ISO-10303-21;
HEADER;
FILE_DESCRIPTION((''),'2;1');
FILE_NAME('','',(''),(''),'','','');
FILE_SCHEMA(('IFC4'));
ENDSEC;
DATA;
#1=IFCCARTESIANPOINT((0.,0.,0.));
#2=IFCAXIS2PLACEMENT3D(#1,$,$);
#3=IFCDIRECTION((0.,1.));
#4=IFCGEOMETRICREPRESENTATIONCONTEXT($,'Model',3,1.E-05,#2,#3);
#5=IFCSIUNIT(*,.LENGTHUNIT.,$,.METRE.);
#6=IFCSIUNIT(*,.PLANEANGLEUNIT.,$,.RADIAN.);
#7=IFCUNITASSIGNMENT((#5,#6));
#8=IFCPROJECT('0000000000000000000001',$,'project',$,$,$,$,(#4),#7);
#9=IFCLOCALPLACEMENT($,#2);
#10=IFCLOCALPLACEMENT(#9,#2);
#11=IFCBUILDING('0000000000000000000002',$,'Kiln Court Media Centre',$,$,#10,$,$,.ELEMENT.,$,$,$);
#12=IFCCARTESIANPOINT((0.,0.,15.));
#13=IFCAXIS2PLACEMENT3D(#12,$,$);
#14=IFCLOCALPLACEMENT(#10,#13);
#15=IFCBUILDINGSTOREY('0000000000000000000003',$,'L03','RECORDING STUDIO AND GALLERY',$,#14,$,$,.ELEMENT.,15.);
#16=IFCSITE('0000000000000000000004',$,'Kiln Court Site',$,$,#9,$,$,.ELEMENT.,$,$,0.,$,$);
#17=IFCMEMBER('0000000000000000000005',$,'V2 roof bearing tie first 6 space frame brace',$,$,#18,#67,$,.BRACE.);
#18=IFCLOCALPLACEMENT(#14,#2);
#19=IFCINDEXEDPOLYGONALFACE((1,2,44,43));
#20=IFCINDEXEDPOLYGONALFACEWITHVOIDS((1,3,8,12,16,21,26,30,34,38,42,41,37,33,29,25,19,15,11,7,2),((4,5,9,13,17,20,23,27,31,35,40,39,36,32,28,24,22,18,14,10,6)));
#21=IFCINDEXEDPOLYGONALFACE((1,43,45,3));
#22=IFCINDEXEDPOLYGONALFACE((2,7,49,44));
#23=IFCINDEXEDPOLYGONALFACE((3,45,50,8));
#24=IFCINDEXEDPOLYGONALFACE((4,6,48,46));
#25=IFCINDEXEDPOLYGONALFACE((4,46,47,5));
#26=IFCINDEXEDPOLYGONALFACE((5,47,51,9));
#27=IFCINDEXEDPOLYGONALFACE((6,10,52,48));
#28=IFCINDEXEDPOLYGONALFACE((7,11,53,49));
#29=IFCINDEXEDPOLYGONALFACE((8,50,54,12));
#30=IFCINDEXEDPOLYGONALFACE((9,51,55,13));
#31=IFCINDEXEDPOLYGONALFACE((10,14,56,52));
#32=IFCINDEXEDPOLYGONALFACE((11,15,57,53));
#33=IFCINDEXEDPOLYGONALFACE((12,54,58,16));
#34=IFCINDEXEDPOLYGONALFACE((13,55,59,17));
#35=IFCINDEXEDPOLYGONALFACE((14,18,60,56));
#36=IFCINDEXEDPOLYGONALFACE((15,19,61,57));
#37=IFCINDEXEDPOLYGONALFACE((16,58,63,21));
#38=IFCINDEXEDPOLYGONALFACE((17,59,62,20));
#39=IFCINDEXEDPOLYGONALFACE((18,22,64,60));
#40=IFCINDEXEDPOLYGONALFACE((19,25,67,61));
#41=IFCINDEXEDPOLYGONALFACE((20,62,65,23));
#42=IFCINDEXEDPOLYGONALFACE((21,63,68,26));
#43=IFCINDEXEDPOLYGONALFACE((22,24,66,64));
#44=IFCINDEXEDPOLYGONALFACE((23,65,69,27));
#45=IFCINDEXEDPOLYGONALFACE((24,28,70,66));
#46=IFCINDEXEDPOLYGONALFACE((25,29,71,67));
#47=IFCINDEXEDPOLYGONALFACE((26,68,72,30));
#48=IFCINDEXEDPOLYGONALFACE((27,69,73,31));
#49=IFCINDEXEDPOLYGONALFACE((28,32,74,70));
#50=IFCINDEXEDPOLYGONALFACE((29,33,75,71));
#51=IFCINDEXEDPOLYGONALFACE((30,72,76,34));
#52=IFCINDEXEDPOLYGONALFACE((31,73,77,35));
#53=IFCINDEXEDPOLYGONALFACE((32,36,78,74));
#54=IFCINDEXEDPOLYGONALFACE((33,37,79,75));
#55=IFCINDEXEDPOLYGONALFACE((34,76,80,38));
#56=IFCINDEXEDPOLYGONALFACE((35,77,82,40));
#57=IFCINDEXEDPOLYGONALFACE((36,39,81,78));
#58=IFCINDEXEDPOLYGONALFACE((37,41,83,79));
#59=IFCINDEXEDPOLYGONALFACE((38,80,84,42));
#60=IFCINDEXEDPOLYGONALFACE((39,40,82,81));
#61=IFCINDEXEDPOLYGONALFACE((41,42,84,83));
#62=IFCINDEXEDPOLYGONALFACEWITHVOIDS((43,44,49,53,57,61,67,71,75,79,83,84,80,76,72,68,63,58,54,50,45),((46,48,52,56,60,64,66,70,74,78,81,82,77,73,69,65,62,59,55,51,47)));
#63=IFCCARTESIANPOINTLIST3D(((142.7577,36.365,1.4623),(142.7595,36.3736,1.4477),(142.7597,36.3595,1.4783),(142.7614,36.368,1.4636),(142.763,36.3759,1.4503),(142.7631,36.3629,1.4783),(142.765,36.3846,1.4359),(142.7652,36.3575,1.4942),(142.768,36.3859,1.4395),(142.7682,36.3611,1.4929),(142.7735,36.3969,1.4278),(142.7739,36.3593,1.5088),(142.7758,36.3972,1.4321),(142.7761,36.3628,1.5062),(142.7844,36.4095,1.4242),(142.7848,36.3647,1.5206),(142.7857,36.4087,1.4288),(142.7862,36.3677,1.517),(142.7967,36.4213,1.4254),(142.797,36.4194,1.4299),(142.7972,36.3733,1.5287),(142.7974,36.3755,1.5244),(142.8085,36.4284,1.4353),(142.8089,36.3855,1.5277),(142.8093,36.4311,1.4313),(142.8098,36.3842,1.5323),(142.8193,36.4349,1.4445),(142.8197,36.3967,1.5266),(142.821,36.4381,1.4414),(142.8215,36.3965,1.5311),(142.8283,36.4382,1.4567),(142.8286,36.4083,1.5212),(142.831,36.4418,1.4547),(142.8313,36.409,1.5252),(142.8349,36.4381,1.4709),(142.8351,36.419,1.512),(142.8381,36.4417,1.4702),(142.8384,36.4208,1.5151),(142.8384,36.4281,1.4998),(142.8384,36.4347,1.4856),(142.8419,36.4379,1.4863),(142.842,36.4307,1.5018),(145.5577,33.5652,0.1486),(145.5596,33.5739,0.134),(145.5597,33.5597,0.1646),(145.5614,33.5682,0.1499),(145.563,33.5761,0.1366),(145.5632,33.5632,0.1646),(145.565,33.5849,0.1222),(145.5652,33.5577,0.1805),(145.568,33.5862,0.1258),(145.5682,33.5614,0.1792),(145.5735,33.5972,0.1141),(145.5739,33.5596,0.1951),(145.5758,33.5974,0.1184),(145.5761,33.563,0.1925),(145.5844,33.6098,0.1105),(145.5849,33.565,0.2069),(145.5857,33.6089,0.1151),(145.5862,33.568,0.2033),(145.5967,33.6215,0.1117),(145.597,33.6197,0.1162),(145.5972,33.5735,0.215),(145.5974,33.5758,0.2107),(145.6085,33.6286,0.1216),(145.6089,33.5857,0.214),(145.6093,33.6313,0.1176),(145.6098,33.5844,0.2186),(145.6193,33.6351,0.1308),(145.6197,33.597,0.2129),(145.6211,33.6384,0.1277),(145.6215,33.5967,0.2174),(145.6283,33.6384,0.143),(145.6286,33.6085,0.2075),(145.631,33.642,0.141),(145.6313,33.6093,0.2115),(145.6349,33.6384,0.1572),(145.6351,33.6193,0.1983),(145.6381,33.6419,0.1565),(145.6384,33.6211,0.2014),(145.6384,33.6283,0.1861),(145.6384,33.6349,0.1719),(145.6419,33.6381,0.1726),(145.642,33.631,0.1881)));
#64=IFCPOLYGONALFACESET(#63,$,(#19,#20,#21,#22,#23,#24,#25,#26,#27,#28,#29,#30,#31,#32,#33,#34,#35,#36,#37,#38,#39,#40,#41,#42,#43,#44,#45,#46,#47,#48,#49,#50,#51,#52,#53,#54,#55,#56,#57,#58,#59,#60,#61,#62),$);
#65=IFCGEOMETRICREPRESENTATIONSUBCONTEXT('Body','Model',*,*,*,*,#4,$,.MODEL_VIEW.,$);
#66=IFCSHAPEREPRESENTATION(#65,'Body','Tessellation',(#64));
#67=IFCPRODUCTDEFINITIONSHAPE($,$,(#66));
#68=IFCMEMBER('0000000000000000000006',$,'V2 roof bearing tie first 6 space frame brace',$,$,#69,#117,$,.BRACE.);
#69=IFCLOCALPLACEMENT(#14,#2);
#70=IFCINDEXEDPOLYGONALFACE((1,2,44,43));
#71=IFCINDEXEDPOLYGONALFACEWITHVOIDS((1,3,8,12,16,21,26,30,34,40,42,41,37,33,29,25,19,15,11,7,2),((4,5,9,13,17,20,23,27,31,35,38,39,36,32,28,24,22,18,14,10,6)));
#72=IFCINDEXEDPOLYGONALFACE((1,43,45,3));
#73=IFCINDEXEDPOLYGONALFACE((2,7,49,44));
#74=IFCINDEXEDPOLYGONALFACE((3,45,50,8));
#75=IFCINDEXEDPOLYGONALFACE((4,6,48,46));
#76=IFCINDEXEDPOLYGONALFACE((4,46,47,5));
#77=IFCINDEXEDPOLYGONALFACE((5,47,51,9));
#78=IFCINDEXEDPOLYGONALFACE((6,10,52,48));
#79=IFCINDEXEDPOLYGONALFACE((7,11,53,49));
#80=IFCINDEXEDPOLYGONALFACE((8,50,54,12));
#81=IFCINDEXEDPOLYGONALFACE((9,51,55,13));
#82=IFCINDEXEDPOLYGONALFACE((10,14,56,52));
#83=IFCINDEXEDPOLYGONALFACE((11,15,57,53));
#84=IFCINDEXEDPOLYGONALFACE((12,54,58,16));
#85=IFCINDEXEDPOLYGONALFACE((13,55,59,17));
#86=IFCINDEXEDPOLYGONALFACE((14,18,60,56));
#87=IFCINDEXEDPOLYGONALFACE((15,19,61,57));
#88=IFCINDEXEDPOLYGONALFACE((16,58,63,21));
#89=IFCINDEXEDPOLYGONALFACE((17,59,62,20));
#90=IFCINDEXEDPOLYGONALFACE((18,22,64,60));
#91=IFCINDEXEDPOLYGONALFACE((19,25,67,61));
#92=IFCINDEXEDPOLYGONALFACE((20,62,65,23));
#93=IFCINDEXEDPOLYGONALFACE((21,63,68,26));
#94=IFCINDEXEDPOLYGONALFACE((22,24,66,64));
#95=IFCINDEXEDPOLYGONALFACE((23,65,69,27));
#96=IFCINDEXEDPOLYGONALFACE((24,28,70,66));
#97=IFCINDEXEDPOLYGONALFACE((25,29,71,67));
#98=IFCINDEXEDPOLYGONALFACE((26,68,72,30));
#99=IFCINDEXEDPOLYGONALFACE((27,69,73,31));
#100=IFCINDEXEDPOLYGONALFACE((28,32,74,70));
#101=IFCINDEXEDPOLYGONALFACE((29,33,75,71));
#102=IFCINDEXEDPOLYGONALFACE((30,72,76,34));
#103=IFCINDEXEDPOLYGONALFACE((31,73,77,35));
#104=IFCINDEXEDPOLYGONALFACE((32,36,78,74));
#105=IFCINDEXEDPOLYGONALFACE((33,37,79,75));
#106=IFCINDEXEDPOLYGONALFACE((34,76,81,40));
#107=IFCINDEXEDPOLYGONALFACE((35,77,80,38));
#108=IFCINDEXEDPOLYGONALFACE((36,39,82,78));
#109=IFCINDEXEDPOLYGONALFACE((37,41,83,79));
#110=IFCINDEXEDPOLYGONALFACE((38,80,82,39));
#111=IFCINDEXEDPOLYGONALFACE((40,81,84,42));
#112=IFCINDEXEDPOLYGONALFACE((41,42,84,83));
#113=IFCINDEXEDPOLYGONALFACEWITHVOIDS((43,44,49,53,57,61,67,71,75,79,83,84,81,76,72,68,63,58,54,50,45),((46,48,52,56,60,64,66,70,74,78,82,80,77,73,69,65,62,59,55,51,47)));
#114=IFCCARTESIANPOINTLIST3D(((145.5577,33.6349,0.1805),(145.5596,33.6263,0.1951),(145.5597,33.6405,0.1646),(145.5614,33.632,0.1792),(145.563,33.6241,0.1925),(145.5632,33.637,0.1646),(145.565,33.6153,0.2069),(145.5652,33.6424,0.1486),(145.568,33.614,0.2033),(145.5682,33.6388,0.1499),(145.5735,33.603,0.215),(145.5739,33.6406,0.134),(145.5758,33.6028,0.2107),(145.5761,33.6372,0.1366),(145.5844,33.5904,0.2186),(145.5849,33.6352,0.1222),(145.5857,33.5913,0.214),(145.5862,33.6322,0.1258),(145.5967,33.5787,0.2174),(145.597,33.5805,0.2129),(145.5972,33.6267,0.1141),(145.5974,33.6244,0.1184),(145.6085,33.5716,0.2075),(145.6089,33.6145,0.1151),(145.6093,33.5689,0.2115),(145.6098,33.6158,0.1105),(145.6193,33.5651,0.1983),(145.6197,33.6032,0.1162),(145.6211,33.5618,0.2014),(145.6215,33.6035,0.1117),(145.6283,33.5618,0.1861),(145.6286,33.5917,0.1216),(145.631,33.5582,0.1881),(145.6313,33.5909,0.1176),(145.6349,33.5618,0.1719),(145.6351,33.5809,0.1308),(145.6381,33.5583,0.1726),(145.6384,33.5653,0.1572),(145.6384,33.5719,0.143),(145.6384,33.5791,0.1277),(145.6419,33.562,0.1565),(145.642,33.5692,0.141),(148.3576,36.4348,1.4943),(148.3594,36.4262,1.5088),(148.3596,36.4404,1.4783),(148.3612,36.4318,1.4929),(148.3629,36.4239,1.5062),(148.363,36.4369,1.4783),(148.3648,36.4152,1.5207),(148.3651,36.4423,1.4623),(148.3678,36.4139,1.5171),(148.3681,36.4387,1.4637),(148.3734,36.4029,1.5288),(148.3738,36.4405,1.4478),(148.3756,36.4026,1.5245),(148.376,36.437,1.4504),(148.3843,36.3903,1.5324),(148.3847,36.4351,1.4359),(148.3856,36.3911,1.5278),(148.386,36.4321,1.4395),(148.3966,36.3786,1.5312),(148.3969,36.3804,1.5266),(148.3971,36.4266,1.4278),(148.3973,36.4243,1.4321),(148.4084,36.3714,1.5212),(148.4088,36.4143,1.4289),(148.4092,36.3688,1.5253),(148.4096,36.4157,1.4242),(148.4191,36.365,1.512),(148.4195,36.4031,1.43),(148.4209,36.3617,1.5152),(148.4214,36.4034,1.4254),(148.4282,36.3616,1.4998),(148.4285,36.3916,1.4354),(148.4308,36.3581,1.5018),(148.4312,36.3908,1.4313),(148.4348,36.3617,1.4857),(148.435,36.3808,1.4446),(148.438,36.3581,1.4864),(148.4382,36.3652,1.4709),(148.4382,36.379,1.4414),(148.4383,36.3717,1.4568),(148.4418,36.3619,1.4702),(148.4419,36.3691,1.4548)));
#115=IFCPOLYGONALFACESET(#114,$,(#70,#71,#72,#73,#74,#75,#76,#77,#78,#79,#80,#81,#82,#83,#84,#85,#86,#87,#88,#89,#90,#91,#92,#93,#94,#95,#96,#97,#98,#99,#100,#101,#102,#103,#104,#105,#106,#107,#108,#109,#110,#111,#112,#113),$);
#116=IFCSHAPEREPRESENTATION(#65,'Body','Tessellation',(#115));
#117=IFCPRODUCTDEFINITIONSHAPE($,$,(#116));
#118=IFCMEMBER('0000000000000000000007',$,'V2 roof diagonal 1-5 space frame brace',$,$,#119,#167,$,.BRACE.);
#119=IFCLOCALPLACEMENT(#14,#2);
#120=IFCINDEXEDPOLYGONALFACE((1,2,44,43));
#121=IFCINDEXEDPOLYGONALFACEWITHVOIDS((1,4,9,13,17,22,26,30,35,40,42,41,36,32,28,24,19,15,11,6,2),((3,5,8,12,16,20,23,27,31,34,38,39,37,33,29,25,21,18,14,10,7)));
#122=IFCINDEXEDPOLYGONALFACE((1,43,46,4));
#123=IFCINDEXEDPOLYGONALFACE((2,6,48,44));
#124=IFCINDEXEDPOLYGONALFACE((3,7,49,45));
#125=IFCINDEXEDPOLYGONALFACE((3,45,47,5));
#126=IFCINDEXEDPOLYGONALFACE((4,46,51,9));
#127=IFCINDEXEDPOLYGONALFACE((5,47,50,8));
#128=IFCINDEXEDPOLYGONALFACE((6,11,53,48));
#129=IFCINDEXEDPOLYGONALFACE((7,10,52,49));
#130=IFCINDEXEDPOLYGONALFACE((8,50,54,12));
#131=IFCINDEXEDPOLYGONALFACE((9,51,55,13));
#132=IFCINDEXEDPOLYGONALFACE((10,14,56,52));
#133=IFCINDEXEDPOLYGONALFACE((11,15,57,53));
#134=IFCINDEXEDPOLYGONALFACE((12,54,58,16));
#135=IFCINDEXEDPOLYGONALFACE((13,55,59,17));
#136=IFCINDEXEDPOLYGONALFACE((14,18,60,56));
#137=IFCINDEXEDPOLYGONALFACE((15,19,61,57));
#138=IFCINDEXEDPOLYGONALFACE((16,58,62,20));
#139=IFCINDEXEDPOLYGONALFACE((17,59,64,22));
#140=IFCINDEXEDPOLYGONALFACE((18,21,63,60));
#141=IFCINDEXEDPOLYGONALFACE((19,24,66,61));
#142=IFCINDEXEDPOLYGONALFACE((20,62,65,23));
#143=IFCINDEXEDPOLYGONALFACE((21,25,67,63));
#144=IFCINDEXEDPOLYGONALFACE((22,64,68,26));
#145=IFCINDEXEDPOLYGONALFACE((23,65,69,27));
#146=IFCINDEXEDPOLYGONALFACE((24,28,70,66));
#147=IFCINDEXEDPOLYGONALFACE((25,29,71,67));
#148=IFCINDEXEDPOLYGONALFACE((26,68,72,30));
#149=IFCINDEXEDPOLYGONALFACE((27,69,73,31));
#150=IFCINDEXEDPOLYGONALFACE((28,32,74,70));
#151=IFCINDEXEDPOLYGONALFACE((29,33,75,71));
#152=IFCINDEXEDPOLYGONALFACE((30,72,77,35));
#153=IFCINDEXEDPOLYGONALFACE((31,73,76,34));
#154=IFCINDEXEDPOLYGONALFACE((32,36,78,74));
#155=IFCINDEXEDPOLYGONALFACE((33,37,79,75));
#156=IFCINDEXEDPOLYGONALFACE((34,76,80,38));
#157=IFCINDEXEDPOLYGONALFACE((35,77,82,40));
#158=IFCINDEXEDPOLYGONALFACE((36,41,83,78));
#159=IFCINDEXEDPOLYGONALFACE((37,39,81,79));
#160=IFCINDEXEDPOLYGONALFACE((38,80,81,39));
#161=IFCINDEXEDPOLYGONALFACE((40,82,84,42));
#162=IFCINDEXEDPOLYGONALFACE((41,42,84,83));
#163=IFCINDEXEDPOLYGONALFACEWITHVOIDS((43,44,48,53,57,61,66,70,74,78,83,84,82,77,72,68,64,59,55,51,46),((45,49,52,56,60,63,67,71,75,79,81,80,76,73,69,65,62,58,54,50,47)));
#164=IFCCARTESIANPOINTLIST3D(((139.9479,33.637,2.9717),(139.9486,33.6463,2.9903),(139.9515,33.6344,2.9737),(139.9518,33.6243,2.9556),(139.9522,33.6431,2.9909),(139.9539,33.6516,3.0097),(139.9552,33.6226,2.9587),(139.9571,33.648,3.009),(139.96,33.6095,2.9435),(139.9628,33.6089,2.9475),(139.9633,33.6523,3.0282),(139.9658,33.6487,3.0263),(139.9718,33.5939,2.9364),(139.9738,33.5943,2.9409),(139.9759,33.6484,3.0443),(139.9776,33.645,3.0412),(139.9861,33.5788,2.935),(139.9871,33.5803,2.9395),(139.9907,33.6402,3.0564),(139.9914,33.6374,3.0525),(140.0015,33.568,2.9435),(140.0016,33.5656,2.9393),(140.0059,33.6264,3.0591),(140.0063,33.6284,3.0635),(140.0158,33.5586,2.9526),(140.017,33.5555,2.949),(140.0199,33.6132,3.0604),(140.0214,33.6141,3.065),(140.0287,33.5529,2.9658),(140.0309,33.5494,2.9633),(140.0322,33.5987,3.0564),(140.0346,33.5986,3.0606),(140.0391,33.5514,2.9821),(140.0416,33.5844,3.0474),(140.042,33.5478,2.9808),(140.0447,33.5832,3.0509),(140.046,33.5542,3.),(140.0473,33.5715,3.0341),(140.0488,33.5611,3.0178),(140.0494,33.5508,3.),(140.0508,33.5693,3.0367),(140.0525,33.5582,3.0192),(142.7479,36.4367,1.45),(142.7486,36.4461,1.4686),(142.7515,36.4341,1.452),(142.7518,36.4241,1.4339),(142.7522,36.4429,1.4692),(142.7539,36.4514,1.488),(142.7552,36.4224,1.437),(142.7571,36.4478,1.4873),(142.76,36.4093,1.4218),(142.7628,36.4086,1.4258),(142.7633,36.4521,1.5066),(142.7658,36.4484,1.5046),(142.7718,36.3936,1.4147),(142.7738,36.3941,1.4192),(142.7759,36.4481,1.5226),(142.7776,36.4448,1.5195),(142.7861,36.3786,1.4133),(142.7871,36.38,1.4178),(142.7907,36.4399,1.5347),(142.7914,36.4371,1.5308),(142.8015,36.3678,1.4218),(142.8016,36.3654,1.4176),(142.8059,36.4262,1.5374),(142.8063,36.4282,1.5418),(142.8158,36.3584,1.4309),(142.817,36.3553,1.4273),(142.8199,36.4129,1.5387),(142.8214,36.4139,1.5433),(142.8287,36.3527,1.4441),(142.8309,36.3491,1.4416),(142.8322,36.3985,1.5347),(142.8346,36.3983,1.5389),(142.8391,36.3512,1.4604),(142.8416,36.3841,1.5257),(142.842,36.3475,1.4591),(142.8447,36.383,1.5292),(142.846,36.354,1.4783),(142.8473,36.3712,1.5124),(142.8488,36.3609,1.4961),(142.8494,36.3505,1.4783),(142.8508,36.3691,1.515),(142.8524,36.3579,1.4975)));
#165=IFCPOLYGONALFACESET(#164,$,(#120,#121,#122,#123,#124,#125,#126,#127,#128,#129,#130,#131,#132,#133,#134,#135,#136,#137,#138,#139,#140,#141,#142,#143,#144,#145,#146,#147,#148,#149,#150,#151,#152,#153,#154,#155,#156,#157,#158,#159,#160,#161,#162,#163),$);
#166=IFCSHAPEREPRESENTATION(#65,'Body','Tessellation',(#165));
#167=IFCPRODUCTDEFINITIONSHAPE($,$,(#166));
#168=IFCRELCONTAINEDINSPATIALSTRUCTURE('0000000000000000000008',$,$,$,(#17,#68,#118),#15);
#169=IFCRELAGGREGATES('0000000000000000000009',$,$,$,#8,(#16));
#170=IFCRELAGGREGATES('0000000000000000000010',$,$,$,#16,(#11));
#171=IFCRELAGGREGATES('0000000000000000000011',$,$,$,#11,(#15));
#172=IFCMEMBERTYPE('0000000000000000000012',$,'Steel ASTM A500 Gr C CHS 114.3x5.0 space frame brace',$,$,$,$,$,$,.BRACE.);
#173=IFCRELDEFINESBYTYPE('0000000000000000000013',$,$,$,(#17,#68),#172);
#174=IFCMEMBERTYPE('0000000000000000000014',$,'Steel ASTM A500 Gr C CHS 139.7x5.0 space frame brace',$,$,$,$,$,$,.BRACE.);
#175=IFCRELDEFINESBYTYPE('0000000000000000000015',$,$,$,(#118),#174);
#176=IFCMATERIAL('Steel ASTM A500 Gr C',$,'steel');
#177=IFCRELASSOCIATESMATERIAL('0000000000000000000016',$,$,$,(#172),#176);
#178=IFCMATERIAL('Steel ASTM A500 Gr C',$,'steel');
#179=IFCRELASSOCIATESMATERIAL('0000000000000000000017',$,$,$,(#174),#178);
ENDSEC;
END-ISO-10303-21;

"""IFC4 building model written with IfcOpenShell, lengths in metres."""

from ifc_helpers import new_model, si_unit, direction, frame, origin, origin_2d, place, context, subcontext, project, spatial, hollow_circle, extrude, material, material_profile, profile_set, type_object, element, save


model = new_model("IFC4")

# Units and contexts
model_context = context("Model", 3, precision=1e-05, world=origin(), true_north=direction((0.0, 1.0)))
body_context = subcontext(model_context, "Body", "Model", "MODEL_VIEW")
ifc_project = project(units=[si_unit("LENGTHUNIT", "METRE"), si_unit("PLANEANGLEUNIT", "RADIAN")], contexts=[model_context])

# Site, building, storey
site_placement = place(None, origin())
site = spatial("IfcSite", under=ifc_project, at=site_placement, Name="Kiln Court Site", CompositionType="ELEMENT", RefElevation=0.0)
building_placement = place(site_placement, origin())
building = spatial("IfcBuilding", under=site, at=building_placement, Name="Kiln Court Media Centre", CompositionType="ELEMENT")
storey_placement = place(building_placement, frame((0.0, 0.0, 15.0)))
storey = spatial("IfcBuildingStorey", under=building, at=storey_placement, Name="L03", Description="RECORDING STUDIO AND GALLERY", CompositionType="ELEMENT", Elevation=15.0)

# Members
ifc_material_1 = material(Name="Steel ASTM A500 Gr C", Category="steel")
ifc_material_profile_1 = material_profile(ifc_material_1, hollow_circle(Radius=0.0571, WallThickness=0.0049, at=origin_2d()), Name="CHS 114.3x5.0")
ifc_profile_set_1 = profile_set([ifc_material_profile_1], Name="Steel ASTM A500 Gr C")
member_type_1 = type_object("IfcMemberType", Name="Steel ASTM A500 Gr C CHS 114.3x5.0 space frame brace", PredefinedType="BRACE", material=ifc_profile_set_1)
for number, where, z_axis, x_axis, name in (
    (1, (145.6001, 33.6001, 0.1646), (-0.671163, 0.671105, 0.314895), (-0.707076, -0.707138, 0.0), "V2 roof bearing tie first 6 space frame brace"),
    (2, (145.6001, 33.6001, 0.1646), (0.671131, 0.671131, 0.314907), (-0.707107, 0.707107, 0.0), "V2 roof bearing tie first 6 space frame brace"),
):
    element("IfcMember", number, at=place(storey_placement, frame(where, z_axis=z_axis, x_axis=x_axis)), inside=storey, type_object=member_type_1, Name=name, PredefinedType="BRACE", context=body_context, shape_type="SweptSolid", body=[
        extrude(hollow_circle(Radius=0.0571, WallThickness=0.0049, at=origin_2d()), origin(), (0.0, 0.0, 1.0), 4.1719),
    ])
ifc_material_2 = material(Name="Steel ASTM A500 Gr C", Category="steel")
ifc_material_profile_2 = material_profile(ifc_material_2, hollow_circle(Radius=0.0698, WallThickness=0.0049, at=origin_2d()), Name="CHS 139.7x5.0")
ifc_profile_set_2 = profile_set([ifc_material_profile_2], Name="Steel ASTM A500 Gr C")
member_type_2 = type_object("IfcMemberType", Name="Steel ASTM A500 Gr C CHS 139.7x5.0 space frame brace", PredefinedType="BRACE", material=ifc_profile_set_2)
member_1_placement = place(storey_placement, frame((142.8, 36.3999, 1.4783), z_axis=(-0.660073, -0.660015, 0.358726), x_axis=(0.707076, -0.707138, 0.0)))
element("IfcMember", 3, at=member_1_placement, inside=storey, type_object=member_type_2, Name="V2 roof diagonal 1-5 space frame brace", PredefinedType="BRACE", context=body_context, shape_type="SweptSolid", body=[
    extrude(hollow_circle(Radius=0.0698, WallThickness=0.0049, at=origin_2d()), origin(), (0.0, 0.0, 1.0), 4.2419),
])

save(model, "model.ifc")
